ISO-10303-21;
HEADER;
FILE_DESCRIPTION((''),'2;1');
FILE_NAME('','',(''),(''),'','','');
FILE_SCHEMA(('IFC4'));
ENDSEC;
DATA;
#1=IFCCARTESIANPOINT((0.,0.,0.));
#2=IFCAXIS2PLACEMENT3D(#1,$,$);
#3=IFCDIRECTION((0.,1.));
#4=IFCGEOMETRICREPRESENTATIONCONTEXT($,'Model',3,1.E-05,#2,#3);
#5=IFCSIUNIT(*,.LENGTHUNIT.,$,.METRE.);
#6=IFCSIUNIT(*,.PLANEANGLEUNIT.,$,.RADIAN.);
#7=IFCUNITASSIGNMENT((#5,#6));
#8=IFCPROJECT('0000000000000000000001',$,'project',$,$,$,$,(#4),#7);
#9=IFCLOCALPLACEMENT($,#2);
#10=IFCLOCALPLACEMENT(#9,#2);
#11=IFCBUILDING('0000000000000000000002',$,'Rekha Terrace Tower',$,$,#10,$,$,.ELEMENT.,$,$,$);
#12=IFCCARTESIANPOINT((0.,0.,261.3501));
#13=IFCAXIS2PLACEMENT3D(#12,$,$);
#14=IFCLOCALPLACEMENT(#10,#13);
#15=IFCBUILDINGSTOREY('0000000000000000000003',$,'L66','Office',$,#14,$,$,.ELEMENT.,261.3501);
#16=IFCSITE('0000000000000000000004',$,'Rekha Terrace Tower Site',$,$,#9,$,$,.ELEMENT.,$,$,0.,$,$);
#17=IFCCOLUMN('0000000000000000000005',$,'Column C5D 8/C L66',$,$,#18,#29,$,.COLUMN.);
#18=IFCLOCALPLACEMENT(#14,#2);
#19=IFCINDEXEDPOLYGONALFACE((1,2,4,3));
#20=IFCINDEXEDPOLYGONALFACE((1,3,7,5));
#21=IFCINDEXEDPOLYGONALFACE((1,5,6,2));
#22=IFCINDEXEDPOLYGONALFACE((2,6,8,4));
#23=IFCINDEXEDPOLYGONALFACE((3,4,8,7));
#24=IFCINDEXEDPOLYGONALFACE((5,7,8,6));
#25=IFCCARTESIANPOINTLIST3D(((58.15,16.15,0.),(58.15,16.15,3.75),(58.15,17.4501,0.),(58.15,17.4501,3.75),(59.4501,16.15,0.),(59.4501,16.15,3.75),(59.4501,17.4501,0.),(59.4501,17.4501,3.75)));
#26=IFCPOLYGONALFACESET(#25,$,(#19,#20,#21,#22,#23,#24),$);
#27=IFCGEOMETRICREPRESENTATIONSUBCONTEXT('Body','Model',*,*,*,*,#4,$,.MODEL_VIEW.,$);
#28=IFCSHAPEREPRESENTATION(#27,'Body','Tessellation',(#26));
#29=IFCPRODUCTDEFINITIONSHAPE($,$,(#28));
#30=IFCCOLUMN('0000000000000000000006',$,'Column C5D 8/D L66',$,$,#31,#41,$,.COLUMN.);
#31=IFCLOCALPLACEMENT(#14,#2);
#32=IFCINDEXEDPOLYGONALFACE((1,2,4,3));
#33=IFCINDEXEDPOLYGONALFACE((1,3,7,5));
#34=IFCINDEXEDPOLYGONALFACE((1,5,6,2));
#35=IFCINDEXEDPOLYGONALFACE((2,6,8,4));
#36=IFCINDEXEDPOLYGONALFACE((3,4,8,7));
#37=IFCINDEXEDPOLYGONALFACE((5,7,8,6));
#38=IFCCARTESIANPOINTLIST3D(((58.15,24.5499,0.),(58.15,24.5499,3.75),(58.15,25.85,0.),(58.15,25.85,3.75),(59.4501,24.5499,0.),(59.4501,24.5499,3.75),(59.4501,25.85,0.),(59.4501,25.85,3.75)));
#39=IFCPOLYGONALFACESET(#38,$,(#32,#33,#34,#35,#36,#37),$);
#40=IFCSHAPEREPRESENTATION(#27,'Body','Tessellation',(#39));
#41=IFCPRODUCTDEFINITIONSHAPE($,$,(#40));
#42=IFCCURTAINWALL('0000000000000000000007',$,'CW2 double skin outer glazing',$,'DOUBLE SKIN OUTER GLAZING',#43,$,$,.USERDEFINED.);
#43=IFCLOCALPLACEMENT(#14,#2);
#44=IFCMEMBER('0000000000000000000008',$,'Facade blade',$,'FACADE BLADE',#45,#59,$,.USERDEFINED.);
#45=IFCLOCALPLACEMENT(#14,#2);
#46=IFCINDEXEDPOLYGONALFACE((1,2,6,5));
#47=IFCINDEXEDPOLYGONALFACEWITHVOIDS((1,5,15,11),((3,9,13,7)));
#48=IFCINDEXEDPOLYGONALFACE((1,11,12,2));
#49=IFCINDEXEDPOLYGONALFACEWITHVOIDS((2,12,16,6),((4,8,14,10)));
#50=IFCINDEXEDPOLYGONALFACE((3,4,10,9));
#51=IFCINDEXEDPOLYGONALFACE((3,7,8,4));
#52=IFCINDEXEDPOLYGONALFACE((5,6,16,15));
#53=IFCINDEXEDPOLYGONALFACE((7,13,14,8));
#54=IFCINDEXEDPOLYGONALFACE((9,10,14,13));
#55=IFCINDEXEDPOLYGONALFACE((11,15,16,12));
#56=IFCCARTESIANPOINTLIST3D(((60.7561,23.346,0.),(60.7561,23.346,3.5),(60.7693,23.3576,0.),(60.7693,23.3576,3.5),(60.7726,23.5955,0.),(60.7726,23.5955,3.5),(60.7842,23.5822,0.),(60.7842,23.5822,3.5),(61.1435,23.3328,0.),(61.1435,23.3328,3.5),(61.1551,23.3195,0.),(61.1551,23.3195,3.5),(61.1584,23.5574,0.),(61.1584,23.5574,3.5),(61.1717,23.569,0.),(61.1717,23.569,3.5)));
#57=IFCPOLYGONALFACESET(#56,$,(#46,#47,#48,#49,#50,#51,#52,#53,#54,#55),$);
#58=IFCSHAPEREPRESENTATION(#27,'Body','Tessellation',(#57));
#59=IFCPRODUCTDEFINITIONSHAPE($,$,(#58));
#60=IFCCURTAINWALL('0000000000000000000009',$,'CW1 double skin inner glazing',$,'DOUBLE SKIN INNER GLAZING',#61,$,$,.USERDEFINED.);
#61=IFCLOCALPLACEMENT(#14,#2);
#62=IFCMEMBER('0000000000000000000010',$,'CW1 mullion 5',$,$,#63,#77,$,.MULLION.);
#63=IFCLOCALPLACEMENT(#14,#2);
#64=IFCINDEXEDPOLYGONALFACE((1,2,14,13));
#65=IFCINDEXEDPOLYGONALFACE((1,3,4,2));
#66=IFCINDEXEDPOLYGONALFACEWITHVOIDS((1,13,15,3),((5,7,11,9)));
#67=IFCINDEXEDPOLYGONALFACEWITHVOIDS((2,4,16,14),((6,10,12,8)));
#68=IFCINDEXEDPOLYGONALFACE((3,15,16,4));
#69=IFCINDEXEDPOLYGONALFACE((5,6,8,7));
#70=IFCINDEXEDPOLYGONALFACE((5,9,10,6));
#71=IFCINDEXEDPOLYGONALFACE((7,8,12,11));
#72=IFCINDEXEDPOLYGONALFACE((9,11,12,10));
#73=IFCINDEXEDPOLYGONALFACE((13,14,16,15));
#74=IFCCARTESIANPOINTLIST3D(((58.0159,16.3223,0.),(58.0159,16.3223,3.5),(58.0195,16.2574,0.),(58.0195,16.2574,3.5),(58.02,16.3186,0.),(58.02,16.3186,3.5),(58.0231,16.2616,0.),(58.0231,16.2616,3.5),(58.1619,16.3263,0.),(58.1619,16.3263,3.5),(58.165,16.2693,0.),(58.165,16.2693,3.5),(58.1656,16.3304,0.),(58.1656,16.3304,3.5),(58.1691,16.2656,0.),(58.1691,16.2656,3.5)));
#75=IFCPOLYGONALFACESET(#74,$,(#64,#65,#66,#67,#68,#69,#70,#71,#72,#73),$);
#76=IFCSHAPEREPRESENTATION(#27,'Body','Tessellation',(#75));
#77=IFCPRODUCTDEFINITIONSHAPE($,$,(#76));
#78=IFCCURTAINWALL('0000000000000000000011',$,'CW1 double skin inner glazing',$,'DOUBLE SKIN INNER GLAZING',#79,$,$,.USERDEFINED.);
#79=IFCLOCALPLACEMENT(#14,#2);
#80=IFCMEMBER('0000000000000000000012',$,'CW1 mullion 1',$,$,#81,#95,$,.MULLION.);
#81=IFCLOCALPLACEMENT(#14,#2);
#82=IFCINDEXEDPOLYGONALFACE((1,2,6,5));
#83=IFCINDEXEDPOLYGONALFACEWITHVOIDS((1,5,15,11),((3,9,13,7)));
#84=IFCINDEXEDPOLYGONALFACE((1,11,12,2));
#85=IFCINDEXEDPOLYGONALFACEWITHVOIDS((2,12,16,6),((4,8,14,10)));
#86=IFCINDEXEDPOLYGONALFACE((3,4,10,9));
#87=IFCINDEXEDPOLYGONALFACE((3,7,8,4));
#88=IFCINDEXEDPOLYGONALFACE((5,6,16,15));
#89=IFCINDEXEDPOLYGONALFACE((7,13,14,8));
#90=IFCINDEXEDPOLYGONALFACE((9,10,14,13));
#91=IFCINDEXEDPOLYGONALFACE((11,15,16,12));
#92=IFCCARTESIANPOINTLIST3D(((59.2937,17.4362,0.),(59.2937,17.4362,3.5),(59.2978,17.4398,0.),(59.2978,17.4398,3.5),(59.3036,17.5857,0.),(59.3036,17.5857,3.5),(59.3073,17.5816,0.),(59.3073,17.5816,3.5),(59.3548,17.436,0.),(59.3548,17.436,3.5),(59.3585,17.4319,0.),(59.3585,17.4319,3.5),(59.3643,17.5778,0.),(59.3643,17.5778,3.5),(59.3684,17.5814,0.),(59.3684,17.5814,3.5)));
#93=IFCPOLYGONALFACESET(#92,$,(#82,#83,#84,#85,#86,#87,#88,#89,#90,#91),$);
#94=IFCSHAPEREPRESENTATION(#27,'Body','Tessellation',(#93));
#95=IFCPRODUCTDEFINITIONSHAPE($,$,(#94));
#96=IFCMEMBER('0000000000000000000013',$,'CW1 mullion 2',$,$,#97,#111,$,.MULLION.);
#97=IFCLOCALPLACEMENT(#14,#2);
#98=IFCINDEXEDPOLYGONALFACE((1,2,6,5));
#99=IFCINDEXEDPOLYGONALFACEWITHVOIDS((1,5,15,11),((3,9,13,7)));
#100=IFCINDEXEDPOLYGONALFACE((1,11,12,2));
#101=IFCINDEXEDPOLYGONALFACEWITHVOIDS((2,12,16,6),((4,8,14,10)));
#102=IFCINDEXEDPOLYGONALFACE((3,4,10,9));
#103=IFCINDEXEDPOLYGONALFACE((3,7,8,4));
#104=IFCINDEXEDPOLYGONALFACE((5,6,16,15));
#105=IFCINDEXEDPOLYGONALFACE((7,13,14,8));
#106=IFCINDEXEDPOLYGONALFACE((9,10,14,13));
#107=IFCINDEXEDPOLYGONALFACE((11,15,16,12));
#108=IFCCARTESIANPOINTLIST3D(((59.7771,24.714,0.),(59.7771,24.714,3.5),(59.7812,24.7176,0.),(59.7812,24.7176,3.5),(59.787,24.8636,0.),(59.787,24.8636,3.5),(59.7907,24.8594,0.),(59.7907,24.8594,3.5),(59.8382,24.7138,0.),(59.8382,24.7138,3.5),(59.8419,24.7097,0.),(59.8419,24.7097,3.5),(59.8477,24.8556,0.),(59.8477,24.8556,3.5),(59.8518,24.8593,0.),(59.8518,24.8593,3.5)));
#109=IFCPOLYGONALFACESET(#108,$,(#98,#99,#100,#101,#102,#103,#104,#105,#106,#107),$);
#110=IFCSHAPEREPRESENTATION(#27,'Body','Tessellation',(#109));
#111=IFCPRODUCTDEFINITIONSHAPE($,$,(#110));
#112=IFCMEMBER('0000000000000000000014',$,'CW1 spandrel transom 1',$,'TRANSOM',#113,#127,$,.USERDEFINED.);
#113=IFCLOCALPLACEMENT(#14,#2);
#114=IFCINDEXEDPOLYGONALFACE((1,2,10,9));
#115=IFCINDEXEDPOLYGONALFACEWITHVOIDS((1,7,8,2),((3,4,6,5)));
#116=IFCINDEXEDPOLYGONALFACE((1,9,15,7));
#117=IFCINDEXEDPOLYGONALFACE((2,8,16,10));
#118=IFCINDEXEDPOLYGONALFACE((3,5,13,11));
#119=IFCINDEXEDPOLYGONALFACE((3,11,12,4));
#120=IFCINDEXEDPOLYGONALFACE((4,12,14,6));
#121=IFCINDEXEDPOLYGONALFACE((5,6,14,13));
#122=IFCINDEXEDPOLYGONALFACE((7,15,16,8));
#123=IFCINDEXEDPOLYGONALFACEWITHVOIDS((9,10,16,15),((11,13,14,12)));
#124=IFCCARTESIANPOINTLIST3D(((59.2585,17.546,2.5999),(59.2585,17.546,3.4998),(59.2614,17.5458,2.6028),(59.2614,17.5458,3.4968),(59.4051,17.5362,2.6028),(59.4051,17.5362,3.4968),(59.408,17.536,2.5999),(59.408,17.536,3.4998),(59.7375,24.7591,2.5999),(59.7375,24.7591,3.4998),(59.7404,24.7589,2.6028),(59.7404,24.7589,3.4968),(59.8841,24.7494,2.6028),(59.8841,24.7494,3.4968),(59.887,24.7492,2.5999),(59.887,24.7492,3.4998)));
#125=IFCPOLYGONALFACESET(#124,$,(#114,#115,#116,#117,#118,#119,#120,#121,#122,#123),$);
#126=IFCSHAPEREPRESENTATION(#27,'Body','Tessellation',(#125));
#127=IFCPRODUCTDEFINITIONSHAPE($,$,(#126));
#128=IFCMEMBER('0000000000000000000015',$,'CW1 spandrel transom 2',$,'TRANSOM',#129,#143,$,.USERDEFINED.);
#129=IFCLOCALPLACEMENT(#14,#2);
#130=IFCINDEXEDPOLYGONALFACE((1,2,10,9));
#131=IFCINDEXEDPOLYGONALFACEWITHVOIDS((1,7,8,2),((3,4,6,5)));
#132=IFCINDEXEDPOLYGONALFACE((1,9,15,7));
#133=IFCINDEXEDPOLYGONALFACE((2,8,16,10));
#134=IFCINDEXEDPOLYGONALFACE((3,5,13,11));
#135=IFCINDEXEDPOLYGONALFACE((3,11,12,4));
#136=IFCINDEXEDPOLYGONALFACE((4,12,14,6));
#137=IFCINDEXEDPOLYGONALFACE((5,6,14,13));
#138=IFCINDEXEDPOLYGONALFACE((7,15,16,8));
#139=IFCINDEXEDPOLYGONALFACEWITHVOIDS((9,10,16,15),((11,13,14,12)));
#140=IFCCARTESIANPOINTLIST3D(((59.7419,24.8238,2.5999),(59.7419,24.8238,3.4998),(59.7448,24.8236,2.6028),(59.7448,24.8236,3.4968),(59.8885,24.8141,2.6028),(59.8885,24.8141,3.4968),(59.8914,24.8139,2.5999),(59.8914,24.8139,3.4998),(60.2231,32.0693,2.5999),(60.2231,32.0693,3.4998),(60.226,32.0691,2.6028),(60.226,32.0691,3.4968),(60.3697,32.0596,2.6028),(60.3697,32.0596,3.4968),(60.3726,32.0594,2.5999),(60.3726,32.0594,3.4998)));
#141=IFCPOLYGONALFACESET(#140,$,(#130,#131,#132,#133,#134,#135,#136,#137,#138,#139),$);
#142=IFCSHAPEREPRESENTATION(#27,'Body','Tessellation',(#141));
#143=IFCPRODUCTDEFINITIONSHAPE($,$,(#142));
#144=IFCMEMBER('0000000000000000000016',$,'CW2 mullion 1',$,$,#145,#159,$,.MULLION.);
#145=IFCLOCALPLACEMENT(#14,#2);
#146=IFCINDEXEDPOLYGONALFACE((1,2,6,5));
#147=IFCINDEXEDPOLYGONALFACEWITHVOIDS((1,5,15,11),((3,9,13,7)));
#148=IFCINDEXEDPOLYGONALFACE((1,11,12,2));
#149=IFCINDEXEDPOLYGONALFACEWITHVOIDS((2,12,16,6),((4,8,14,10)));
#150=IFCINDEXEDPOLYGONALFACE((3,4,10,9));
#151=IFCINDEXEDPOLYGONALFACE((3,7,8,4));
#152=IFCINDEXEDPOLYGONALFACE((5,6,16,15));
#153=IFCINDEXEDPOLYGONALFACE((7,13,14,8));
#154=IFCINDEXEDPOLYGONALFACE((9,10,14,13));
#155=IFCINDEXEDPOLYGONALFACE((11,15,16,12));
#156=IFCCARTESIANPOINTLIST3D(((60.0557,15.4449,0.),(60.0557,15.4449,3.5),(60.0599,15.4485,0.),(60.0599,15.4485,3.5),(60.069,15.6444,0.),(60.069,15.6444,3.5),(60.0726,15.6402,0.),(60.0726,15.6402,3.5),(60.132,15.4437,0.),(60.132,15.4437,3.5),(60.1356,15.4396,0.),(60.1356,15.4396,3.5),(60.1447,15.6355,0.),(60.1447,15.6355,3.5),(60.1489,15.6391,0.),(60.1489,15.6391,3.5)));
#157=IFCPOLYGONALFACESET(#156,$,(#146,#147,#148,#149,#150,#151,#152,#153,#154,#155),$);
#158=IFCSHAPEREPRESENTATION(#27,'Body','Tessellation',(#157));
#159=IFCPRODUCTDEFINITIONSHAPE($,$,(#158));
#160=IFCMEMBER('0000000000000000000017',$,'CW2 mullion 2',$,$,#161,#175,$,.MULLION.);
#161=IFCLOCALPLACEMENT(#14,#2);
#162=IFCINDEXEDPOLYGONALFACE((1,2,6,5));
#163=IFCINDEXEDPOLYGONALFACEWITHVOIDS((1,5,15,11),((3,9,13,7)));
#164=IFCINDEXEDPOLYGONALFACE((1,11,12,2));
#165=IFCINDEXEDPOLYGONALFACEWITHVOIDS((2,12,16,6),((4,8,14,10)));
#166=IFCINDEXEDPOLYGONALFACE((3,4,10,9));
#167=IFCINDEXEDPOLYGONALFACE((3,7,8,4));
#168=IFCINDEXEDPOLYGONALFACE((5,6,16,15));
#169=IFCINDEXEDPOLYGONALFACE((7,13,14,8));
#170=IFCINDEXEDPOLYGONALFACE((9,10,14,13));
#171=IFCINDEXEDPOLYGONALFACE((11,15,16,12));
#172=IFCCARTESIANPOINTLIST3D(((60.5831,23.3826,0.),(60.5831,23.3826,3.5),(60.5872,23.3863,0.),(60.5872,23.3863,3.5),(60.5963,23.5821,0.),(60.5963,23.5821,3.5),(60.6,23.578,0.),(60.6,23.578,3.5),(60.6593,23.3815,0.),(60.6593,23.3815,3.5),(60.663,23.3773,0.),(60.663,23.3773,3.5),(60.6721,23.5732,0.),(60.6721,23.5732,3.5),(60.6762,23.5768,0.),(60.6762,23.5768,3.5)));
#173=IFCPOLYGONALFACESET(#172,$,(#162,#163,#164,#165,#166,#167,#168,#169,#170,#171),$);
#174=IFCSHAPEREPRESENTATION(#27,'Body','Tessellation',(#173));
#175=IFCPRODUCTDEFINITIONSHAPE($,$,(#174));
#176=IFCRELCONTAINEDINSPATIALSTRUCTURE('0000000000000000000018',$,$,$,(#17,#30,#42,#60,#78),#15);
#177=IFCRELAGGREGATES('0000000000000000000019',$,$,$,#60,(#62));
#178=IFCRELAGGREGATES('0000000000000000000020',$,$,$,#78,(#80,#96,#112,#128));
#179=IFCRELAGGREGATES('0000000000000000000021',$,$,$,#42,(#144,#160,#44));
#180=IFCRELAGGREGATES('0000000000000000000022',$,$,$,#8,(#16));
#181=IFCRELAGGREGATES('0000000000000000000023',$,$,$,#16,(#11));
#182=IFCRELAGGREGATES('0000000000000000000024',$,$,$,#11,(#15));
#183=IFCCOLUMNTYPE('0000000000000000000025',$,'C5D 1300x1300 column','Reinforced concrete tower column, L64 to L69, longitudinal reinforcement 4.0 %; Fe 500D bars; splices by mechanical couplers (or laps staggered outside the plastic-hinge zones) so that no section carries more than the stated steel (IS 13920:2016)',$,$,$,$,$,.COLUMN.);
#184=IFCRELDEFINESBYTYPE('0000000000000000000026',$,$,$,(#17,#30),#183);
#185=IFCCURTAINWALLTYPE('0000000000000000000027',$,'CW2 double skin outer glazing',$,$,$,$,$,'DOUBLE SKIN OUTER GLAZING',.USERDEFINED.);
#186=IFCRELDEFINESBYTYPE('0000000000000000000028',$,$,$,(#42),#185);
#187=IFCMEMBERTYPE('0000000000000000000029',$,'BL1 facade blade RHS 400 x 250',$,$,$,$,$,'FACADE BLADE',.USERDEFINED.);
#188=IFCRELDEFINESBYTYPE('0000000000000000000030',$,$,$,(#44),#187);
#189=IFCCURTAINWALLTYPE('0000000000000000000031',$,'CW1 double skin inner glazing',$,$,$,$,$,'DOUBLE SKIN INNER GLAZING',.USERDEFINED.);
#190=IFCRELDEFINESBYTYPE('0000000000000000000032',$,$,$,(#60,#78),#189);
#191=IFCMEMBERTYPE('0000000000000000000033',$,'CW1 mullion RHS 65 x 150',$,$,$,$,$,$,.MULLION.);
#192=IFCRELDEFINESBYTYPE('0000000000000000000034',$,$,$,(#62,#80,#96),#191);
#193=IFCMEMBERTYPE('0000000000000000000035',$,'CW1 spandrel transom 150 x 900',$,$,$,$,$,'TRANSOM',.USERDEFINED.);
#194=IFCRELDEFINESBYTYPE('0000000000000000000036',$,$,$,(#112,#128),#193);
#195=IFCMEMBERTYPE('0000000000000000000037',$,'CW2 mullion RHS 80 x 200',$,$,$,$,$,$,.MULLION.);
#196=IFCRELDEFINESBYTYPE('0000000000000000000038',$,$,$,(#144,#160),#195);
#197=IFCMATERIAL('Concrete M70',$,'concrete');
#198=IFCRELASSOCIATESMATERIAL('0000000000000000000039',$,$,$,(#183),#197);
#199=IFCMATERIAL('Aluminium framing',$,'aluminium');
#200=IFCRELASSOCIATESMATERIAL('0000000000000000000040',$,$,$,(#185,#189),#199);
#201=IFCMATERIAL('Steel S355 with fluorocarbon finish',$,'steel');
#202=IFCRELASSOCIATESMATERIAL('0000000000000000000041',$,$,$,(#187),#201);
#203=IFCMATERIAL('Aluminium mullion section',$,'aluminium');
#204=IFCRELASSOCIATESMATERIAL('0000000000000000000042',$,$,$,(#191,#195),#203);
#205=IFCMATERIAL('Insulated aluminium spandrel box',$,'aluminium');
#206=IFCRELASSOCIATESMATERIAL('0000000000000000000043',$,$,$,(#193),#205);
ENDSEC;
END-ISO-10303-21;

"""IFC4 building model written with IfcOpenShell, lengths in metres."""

from ifc_helpers import new_model, si_unit, direction, frame, origin, origin_2d, place, context, subcontext, project, spatial, rectangle, hollow_rectangle, extrude, material, material_profile, profile_set, type_object, element, aggregate, save


model = new_model("IFC4")

# Units and contexts
model_context = context("Model", 3, precision=1e-05, world=origin(), true_north=direction((0.0, 1.0)))
body_context = subcontext(model_context, "Body", "Model", "MODEL_VIEW")
ifc_project = project(units=[si_unit("LENGTHUNIT", "METRE"), si_unit("PLANEANGLEUNIT", "RADIAN")], contexts=[model_context])

# Site, building, storey
site_placement = place(None, origin())
site = spatial("IfcSite", under=ifc_project, at=site_placement, Name="Rekha Terrace Tower Site", CompositionType="ELEMENT", RefElevation=0.0)
building_placement = place(site_placement, origin())
building = spatial("IfcBuilding", under=site, at=building_placement, Name="Rekha Terrace Tower", CompositionType="ELEMENT")
storey_placement = place(building_placement, frame((0.0, 0.0, 261.3501)))
storey = spatial("IfcBuildingStorey", under=building, at=storey_placement, Name="L66", Description="Office", CompositionType="ELEMENT", Elevation=261.3501)

# Columns
ifc_material_1 = material(Name="Concrete M70", Category="concrete")
ifc_material_profile_1 = material_profile(ifc_material_1, rectangle(XDim=1.3, YDim=1.3, at=origin_2d()), Name="RC 1300x1300")
ifc_profile_set_1 = profile_set([ifc_material_profile_1], Name="Concrete M70")
column_type = type_object("IfcColumnType", Name="C5D 1300x1300 column", Description="Reinforced concrete tower column, L64 to L69, longitudinal reinforcement 4.0 %; Fe 500D bars; splices by mechanical couplers (or laps staggered outside the plastic-hinge zones) so that no section carries more than the stated steel (IS 13920:2016)", PredefinedType="COLUMN", material=ifc_profile_set_1)
for number, where, z_axis, x_axis, name in (
    (1, (58.8, 16.8, 0.0), (0.0, 0.0, 1.0), (1.0, 0.0, 0.0), "Column C5D 8/C L66"),
    (2, (58.8, 25.2, 0.0), (0.0, 0.0, 1.0), (1.0, 0.0, 0.0), "Column C5D 8/D L66"),
):
    element("IfcColumn", number, at=place(storey_placement, frame(where, z_axis=z_axis, x_axis=x_axis)), inside=storey, type_object=column_type, Name=name, PredefinedType="COLUMN", context=body_context, shape_type="SweptSolid", body=[
        extrude(rectangle(XDim=1.3, YDim=1.3, at=origin_2d()), origin(), (0.0, 0.0, 1.0), 3.75),
    ])

# Curtain walls, members
ifc_material_2 = material(Name="Aluminium framing", Category="aluminium")
curtain_wall_type_1 = type_object("IfcCurtainWallType", Name="CW2 double skin outer glazing", ElementType="DOUBLE SKIN OUTER GLAZING", PredefinedType="USERDEFINED", material=ifc_material_2)
curtain_wall_1_placement = place(storey_placement, origin())
curtain_wall_1 = element("IfcCurtainWall", 3, at=curtain_wall_1_placement, inside=storey, type_object=curtain_wall_type_1, Name="CW2 double skin outer glazing", ObjectType="DOUBLE SKIN OUTER GLAZING", PredefinedType="USERDEFINED")
ifc_material_3 = material(Name="Steel S355 with fluorocarbon finish", Category="steel")
ifc_material_profile_2 = material_profile(ifc_material_3, hollow_rectangle(XDim=0.25, YDim=0.3999, WallThickness=0.0125, at=origin_2d()), Name="RHS400x250x12.5")
ifc_profile_set_2 = profile_set([ifc_material_profile_2], Name="Steel S355 with fluorocarbon finish")
member_type_1 = type_object("IfcMemberType", Name="BL1 facade blade RHS 400 x 250", ElementType="FACADE BLADE", PredefinedType="USERDEFINED", material=ifc_profile_set_2)
member_1_placement = place(storey_placement, frame((60.9639, 23.4575, 0.0), z_axis=(0.0, 0.0, 1.0), x_axis=(0.066272, 0.997802, 0.0)))
member_1 = element("IfcMember", 4, at=member_1_placement, type_object=member_type_1, Name="Facade blade", ObjectType="FACADE BLADE", PredefinedType="USERDEFINED", context=body_context, shape_type="SweptSolid", body=[
    extrude(hollow_rectangle(XDim=0.25, YDim=0.3999, WallThickness=0.0125, at=origin_2d()), origin(), (0.0, 0.0, 1.0), 3.5),
])
curtain_wall_type_2 = type_object("IfcCurtainWallType", Name="CW1 double skin inner glazing", ElementType="DOUBLE SKIN INNER GLAZING", PredefinedType="USERDEFINED", material=ifc_material_2)
curtain_wall_2_placement = place(storey_placement, origin())
curtain_wall_2 = element("IfcCurtainWall", 5, at=curtain_wall_2_placement, inside=storey, type_object=curtain_wall_type_2, Name="CW1 double skin inner glazing", ObjectType="DOUBLE SKIN INNER GLAZING", PredefinedType="USERDEFINED")
ifc_material_4 = material(Name="Aluminium mullion section", Category="aluminium")
ifc_material_profile_3 = material_profile(ifc_material_4, hollow_rectangle(XDim=0.0649, YDim=0.1499, WallThickness=0.0039, at=origin_2d()), Name="AL RHS 65x150")
ifc_profile_set_3 = profile_set([ifc_material_profile_3], Name="Aluminium mullion section")
member_type_2 = type_object("IfcMemberType", Name="CW1 mullion RHS 65 x 150", PredefinedType="MULLION", material=ifc_profile_set_3)
member_2_placement = place(storey_placement, frame((58.0925, 16.2939, 0.0), z_axis=(0.0, 0.0, 1.0), x_axis=(-0.054389, 0.99852, 0.0)))
member_2 = element("IfcMember", 6, at=member_2_placement, type_object=member_type_2, Name="CW1 mullion 5", PredefinedType="MULLION", context=body_context, shape_type="SweptSolid", body=[
    extrude(hollow_rectangle(XDim=0.0649, YDim=0.1499, WallThickness=0.0039, at=origin_2d()), origin(), (0.0, 0.0, 1.0), 3.5),
])

# Curtain wall, members
curtain_wall_3_placement = place(storey_placement, origin())
curtain_wall_3 = element("IfcCurtainWall", 7, at=curtain_wall_3_placement, inside=storey, type_object=curtain_wall_type_2, Name="CW1 double skin inner glazing", ObjectType="DOUBLE SKIN INNER GLAZING", PredefinedType="USERDEFINED")
member_3_placement = place(storey_placement, frame((59.3311, 17.5088, 0.0), z_axis=(0.0, 0.0, 1.0), x_axis=(-0.997802, 0.066272, 0.0)))
member_3 = element("IfcMember", 8, at=member_3_placement, type_object=member_type_2, Name="CW1 mullion 1", PredefinedType="MULLION", context=body_context, shape_type="SweptSolid", body=[
    extrude(hollow_rectangle(XDim=0.0649, YDim=0.1499, WallThickness=0.0039, at=origin_2d()), origin(), (0.0, 0.0, 1.0), 3.5),
])
member_4_placement = place(storey_placement, frame((59.8145, 24.7866, 0.0), z_axis=(0.0, 0.0, 1.0), x_axis=(-0.997802, 0.066272, 0.0)))
member_4 = element("IfcMember", 9, at=member_4_placement, type_object=member_type_2, Name="CW1 mullion 2", PredefinedType="MULLION", context=body_context, shape_type="SweptSolid", body=[
    extrude(hollow_rectangle(XDim=0.0649, YDim=0.1499, WallThickness=0.0039, at=origin_2d()), origin(), (0.0, 0.0, 1.0), 3.5),
])
ifc_material_5 = material(Name="Insulated aluminium spandrel box", Category="aluminium")
ifc_material_profile_4 = material_profile(ifc_material_5, hollow_rectangle(XDim=0.1499, YDim=0.8999, WallThickness=0.0029, at=origin_2d()), Name="AL SPANDREL BOX 150x900")
ifc_profile_set_4 = profile_set([ifc_material_profile_4], Name="Insulated aluminium spandrel box")
member_type_3 = type_object("IfcMemberType", Name="CW1 spandrel transom 150 x 900", ElementType="TRANSOM", PredefinedType="USERDEFINED", material=ifc_profile_set_4)
member_5_placement = place(storey_placement, frame((59.3333, 17.541, 3.0498), z_axis=(0.066261, 0.997802, 0.0), x_axis=(-0.997802, 0.066261, 0.0)))
member_5 = element("IfcMember", 10, at=member_5_placement, type_object=member_type_3, Name="CW1 spandrel transom 1", ObjectType="TRANSOM", PredefinedType="USERDEFINED", context=body_context, shape_type="SweptSolid", body=[
    extrude(hollow_rectangle(XDim=0.1499, YDim=0.8999, WallThickness=0.0029, at=origin_2d()), origin(), (0.0, 0.0, 1.0), 7.229),
])
member_6_placement = place(storey_placement, frame((59.8167, 24.8188, 3.0498), z_axis=(0.066267, 0.997802, 0.0), x_axis=(-0.997802, 0.066267, 0.0)))
member_6 = element("IfcMember", 11, at=member_6_placement, type_object=member_type_3, Name="CW1 spandrel transom 2", ObjectType="TRANSOM", PredefinedType="USERDEFINED", context=body_context, shape_type="SweptSolid", body=[
    extrude(hollow_rectangle(XDim=0.1499, YDim=0.8999, WallThickness=0.0029, at=origin_2d()), origin(), (0.0, 0.0, 1.0), 7.2615),
])

# Members
ifc_material_profile_5 = material_profile(ifc_material_4, hollow_rectangle(XDim=0.0801, YDim=0.2, WallThickness=0.0039, at=origin_2d()), Name="AL RHS 80x200")
ifc_profile_set_5 = profile_set([ifc_material_profile_5], Name="Aluminium mullion section")
member_type_4 = type_object("IfcMemberType", Name="CW2 mullion RHS 80 x 200", PredefinedType="MULLION", material=ifc_profile_set_5)
member_7_placement = place(storey_placement, frame((60.1023, 15.542, 0.0), z_axis=(0.0, 0.0, 1.0), x_axis=(-0.997802, 0.066272, 0.0)))
member_7 = element("IfcMember", 12, at=member_7_placement, type_object=member_type_4, Name="CW2 mullion 1", PredefinedType="MULLION", context=body_context, shape_type="SweptSolid", body=[
    extrude(hollow_rectangle(XDim=0.0801, YDim=0.2, WallThickness=0.0039, at=origin_2d()), origin(), (0.0, 0.0, 1.0), 3.5),
])
member_8_placement = place(storey_placement, frame((60.6296, 23.4797, 0.0), z_axis=(0.0, 0.0, 1.0), x_axis=(-0.997802, 0.066272, 0.0)))
member_8 = element("IfcMember", 13, at=member_8_placement, type_object=member_type_4, Name="CW2 mullion 2", PredefinedType="MULLION", context=body_context, shape_type="SweptSolid", body=[
    extrude(hollow_rectangle(XDim=0.0801, YDim=0.2, WallThickness=0.0039, at=origin_2d()), origin(), (0.0, 0.0, 1.0), 3.5),
])

aggregate(curtain_wall_2, [member_2])
aggregate(curtain_wall_3, [member_3, member_4, member_5, member_6])

aggregate(curtain_wall_1, [member_7, member_8, member_1])

save(model, "model.ifc")
